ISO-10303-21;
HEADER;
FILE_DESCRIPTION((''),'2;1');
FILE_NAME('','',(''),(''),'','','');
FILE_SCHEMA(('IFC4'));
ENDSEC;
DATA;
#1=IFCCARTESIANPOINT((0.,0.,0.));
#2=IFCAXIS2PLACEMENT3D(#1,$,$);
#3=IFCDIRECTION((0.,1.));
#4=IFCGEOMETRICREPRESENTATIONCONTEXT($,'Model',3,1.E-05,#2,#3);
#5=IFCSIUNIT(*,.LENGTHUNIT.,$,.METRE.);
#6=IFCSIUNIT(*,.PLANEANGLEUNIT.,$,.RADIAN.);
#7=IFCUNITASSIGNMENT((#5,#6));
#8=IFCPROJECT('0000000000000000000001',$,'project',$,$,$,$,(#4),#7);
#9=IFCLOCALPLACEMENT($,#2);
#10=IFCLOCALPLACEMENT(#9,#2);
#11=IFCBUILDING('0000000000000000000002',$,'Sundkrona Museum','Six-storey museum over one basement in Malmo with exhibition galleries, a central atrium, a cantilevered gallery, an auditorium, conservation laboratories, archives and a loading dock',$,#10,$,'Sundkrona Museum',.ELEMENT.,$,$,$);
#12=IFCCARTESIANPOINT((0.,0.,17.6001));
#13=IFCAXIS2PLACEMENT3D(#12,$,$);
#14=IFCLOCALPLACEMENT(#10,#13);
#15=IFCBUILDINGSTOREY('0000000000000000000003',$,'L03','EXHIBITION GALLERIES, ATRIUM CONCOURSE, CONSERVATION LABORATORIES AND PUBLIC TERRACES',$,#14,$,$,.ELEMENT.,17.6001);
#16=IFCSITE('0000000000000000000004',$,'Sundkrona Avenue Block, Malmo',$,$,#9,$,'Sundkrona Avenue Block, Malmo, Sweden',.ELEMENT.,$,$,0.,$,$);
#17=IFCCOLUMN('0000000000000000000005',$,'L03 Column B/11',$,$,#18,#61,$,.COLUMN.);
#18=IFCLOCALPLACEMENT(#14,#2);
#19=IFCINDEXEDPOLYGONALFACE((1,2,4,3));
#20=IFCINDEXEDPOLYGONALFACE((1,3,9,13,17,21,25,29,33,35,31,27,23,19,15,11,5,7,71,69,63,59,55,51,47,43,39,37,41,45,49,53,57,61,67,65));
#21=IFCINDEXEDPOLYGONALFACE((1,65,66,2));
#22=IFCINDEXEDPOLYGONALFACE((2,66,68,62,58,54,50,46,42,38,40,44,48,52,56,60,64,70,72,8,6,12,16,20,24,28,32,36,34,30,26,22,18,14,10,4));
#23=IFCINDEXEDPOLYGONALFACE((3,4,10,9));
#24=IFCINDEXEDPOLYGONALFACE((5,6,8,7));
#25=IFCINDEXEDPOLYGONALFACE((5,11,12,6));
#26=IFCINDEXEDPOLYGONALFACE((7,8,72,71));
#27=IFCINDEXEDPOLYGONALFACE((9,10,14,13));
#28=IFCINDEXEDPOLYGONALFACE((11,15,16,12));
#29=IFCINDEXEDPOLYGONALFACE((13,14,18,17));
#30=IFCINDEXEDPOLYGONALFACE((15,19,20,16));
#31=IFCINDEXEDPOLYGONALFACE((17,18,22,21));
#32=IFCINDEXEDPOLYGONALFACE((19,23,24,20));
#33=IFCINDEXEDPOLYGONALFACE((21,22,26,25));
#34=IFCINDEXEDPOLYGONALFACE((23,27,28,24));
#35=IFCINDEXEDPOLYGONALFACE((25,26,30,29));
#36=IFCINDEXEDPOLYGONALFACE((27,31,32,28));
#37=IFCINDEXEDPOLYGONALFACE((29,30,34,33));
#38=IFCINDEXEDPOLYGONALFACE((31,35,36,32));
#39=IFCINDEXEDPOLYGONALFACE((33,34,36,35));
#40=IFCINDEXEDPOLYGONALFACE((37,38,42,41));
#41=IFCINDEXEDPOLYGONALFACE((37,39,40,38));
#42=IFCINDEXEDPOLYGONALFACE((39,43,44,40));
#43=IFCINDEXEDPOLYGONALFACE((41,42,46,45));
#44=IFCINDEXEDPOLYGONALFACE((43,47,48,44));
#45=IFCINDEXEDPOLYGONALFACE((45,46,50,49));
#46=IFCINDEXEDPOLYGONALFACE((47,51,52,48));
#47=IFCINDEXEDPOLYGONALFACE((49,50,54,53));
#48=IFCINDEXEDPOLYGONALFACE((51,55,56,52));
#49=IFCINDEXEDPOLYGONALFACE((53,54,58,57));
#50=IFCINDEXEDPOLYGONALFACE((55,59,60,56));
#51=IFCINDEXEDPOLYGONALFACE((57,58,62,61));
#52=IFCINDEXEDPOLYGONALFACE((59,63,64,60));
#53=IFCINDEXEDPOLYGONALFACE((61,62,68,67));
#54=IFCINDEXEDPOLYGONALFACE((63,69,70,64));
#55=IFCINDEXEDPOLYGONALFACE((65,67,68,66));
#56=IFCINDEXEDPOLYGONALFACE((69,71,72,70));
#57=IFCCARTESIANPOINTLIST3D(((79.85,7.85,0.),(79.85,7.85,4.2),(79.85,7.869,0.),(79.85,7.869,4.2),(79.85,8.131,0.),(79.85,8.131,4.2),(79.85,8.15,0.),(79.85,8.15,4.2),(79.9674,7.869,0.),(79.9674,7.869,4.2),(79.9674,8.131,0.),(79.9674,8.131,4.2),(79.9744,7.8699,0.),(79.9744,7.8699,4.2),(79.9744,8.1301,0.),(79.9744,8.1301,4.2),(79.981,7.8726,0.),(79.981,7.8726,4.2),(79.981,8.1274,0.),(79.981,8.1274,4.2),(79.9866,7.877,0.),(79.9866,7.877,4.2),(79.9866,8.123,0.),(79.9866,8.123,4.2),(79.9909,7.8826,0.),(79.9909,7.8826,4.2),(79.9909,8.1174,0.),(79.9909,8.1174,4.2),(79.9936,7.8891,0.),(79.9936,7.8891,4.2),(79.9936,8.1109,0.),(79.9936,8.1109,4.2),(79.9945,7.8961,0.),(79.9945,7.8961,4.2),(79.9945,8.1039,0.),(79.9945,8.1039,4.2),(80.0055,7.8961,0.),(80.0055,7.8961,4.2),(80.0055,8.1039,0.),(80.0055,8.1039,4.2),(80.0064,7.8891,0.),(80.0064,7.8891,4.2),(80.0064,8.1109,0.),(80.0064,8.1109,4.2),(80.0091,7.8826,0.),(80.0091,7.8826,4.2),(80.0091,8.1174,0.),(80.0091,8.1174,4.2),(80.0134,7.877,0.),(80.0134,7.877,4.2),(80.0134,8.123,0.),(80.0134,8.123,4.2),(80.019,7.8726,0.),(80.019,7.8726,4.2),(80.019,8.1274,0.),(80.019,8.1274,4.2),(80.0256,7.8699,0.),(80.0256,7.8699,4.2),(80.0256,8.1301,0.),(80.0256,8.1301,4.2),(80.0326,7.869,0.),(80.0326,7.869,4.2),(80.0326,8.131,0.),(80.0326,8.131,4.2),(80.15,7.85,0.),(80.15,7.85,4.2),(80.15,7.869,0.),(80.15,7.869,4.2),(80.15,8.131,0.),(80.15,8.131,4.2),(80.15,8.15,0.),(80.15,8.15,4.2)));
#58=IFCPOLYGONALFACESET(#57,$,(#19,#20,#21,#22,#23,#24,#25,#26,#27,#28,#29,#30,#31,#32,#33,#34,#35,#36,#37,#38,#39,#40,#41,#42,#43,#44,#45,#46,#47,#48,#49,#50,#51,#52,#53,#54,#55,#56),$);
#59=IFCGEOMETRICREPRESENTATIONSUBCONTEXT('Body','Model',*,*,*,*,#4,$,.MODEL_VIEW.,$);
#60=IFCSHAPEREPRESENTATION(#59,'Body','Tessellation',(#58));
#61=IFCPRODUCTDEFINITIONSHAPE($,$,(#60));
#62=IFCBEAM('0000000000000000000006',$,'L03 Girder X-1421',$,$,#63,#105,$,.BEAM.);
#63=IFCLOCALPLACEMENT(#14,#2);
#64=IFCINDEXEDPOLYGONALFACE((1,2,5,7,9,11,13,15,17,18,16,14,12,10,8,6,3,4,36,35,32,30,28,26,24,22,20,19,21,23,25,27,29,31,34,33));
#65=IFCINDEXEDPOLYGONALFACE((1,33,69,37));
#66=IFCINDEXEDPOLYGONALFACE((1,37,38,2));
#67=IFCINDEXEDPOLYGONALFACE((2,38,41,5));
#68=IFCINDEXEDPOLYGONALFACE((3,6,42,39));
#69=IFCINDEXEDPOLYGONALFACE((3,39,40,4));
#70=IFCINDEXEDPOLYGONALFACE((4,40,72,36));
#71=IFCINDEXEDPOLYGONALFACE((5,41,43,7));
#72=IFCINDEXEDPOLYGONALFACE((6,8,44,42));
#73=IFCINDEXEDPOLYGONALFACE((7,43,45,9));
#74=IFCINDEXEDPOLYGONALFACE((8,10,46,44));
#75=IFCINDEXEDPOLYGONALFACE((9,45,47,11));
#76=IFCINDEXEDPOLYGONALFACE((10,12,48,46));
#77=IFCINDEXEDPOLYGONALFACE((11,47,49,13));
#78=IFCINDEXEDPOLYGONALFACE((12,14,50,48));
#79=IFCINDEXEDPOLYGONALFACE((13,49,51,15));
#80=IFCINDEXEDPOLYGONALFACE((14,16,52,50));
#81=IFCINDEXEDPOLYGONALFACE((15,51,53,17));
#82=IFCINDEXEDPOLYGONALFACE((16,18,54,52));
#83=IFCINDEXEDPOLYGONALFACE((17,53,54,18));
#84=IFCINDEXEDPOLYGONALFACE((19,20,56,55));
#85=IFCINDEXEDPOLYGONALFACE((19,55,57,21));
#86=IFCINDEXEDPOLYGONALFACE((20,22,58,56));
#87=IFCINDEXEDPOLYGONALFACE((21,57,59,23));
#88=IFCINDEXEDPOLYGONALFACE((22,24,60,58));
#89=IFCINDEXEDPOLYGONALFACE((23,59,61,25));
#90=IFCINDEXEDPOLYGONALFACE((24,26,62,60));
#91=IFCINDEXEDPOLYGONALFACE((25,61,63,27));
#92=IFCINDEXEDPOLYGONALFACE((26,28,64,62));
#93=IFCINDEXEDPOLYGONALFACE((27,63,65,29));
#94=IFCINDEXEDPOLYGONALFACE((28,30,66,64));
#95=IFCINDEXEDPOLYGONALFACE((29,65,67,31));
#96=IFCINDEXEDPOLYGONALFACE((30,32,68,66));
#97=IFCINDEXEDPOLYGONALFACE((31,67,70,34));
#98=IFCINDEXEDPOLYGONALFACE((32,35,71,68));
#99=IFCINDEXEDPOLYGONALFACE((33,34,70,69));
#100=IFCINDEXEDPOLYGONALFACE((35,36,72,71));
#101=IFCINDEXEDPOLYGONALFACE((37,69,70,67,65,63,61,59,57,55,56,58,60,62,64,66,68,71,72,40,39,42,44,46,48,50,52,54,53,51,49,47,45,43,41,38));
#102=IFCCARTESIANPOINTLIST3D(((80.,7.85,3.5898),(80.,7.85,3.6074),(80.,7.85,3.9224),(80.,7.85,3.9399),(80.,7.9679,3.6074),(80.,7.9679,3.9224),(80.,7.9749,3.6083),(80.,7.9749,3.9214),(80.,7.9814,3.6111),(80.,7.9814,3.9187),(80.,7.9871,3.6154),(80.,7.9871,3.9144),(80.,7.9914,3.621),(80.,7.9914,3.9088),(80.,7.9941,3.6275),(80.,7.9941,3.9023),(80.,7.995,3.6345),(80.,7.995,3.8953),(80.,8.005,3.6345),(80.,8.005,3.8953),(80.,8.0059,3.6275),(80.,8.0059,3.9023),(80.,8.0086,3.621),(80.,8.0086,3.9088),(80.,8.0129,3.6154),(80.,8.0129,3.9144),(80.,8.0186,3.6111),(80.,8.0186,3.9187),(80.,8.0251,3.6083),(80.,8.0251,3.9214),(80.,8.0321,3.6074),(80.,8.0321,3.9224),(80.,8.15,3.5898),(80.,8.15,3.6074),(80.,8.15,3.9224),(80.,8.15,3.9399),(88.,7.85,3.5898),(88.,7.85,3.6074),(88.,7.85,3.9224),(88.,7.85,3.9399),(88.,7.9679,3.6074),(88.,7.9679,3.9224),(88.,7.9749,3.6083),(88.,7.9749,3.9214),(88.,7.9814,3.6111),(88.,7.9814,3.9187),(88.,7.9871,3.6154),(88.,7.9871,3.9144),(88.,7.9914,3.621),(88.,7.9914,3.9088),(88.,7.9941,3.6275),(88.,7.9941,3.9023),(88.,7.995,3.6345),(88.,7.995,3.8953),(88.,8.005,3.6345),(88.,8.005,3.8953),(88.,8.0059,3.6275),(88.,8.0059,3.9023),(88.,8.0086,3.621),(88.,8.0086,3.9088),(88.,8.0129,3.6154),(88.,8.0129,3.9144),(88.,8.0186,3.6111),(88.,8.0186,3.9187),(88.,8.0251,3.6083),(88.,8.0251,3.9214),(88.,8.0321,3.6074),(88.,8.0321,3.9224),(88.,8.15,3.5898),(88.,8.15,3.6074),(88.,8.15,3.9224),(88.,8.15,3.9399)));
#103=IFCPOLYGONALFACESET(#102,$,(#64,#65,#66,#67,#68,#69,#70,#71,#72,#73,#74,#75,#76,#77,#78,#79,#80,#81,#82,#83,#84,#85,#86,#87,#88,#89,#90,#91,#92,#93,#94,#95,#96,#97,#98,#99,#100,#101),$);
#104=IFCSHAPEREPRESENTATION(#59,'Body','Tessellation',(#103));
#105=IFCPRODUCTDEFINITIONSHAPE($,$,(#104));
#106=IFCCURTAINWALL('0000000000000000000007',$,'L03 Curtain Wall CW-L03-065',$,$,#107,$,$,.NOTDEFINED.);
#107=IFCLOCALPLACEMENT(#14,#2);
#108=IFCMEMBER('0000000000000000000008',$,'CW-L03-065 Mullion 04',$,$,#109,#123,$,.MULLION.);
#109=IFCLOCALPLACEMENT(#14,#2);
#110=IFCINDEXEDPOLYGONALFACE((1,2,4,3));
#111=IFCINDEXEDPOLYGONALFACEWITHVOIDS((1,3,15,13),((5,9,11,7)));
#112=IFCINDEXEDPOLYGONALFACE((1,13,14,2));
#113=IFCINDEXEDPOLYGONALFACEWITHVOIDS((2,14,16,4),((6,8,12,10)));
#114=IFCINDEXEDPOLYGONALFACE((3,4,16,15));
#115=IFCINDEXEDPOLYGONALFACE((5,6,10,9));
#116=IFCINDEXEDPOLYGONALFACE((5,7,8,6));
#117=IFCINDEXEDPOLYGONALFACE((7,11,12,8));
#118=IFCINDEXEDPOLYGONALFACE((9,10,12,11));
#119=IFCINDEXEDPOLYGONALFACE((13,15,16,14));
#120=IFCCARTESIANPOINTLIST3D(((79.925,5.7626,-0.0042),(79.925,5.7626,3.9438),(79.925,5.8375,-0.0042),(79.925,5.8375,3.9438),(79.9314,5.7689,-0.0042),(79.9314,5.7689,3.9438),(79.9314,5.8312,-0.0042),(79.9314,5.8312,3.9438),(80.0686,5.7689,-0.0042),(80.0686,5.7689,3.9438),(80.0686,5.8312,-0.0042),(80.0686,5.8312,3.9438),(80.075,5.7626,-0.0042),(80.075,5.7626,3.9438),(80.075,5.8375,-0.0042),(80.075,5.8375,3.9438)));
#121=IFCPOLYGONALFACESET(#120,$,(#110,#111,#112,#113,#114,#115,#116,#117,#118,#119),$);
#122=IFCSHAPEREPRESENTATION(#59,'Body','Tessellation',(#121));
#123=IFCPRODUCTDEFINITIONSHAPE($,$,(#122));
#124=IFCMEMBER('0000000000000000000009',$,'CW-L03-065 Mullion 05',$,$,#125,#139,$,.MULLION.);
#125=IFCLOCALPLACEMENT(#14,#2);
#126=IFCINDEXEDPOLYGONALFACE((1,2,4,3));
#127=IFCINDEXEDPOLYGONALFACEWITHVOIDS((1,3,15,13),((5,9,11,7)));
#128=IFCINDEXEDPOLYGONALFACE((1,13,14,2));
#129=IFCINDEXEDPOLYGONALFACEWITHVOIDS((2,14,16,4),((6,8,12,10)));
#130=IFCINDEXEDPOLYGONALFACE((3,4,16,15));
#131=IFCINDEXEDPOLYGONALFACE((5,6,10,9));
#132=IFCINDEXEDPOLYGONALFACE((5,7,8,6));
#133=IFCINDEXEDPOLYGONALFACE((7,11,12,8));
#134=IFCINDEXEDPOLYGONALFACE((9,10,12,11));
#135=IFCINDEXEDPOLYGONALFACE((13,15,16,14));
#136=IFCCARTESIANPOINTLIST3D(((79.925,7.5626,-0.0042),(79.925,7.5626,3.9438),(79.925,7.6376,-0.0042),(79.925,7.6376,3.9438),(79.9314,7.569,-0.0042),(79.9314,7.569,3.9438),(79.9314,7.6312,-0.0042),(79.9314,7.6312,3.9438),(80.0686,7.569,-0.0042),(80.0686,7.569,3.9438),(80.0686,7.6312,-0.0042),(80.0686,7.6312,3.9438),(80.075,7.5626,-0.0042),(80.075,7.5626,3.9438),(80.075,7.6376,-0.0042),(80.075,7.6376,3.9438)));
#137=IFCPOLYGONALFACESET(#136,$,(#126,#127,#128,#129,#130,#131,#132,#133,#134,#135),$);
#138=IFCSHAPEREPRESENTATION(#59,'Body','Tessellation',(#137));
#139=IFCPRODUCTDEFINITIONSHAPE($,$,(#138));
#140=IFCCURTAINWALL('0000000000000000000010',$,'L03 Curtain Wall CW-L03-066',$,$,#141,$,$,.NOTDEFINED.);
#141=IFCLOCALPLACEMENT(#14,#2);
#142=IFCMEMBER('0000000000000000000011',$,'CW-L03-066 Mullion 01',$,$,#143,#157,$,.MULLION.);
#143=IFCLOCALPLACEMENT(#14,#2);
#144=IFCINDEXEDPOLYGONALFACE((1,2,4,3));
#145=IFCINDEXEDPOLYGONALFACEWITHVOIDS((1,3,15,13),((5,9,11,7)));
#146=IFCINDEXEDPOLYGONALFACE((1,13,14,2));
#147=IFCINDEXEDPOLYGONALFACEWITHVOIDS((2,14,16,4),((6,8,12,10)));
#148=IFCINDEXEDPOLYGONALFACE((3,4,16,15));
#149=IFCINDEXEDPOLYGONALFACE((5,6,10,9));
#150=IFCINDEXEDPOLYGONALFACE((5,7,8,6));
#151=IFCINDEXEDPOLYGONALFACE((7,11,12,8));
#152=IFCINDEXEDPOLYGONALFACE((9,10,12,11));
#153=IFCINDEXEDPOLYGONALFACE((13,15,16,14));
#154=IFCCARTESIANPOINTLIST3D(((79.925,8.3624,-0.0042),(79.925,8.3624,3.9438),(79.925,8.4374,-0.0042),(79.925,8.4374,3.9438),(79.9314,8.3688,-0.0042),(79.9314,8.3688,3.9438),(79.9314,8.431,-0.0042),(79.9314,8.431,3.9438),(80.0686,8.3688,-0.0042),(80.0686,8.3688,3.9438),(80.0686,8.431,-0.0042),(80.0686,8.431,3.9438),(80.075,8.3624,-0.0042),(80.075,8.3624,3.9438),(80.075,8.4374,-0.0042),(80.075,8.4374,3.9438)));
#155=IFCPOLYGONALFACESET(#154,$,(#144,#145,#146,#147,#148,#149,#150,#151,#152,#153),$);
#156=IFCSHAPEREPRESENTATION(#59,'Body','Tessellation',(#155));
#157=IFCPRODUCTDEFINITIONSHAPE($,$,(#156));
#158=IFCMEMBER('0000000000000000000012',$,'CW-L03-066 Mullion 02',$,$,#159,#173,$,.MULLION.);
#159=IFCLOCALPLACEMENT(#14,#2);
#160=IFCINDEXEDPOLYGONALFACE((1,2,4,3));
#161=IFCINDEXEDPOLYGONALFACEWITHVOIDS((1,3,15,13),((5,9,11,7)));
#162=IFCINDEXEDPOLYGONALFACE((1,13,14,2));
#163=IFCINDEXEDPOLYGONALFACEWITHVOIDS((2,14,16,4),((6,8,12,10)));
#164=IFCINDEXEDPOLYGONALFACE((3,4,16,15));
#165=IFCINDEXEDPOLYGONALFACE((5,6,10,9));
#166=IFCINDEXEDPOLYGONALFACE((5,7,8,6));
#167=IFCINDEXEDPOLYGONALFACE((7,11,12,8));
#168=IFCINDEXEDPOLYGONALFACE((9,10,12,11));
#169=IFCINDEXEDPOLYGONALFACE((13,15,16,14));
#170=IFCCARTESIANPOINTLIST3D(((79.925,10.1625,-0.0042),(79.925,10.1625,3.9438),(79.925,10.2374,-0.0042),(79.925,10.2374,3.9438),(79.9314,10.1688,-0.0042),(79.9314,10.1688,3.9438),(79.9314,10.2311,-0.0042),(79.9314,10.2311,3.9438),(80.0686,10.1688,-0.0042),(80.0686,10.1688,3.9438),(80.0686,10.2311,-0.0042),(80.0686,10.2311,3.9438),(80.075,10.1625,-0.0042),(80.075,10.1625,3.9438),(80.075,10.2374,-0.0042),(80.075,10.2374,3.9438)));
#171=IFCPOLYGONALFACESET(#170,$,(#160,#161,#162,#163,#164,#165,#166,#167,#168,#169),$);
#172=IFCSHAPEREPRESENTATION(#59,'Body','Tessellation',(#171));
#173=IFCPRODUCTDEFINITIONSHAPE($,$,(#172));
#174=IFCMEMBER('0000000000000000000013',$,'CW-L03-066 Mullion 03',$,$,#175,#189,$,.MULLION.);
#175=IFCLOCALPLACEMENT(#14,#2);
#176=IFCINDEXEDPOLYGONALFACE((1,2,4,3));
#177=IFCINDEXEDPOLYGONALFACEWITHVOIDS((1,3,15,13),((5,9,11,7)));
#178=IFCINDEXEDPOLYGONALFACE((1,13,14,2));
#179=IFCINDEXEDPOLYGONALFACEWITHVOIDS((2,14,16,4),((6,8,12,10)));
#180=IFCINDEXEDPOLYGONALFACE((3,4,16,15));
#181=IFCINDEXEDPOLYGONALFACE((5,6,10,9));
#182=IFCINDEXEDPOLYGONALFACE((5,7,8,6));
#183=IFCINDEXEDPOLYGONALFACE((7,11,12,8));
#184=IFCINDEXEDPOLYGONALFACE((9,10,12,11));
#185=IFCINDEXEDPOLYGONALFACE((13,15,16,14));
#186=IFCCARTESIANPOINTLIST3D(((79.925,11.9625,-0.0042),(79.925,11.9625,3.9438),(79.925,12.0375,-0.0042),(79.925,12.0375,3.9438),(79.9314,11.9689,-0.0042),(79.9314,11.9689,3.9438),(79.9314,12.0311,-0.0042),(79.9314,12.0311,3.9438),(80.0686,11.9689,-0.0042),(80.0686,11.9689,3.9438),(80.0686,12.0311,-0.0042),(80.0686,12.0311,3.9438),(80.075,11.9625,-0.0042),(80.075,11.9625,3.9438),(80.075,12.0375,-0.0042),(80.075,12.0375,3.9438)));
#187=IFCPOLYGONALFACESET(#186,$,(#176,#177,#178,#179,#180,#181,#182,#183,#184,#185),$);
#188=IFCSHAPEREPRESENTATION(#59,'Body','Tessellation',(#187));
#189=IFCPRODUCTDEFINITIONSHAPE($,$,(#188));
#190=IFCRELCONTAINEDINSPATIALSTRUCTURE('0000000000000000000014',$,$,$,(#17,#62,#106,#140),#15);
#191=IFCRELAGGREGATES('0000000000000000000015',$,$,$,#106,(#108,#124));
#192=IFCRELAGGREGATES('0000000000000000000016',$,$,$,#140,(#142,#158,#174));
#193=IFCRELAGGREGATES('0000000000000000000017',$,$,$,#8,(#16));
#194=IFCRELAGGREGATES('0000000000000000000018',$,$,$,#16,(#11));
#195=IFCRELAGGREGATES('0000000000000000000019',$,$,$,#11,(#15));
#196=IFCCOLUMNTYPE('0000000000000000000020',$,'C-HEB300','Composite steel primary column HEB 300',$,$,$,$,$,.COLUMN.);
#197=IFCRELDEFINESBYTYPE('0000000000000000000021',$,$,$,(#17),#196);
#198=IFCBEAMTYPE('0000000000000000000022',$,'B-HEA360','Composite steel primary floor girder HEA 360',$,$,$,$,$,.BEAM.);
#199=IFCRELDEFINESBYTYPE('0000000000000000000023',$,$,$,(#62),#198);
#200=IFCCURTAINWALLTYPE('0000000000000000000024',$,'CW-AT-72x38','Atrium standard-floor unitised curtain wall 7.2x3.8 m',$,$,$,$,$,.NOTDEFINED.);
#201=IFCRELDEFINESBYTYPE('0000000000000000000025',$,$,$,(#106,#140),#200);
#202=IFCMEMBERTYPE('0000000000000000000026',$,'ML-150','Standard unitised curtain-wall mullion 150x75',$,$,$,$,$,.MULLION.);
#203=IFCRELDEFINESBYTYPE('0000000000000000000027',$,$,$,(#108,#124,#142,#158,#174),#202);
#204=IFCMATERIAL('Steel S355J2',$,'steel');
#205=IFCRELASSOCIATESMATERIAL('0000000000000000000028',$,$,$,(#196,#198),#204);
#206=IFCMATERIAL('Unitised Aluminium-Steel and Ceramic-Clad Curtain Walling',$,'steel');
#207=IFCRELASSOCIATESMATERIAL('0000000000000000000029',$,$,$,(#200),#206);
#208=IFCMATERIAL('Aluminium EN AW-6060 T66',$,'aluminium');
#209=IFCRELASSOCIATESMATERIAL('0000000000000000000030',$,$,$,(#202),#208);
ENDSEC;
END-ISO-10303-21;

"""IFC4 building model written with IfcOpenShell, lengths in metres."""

from ifc_helpers import new_model, si_unit, direction, frame, origin, origin_2d, place, context, subcontext, project, spatial, hollow_rectangle, i_section, extrude, material, material_profile, profile_set, type_object, element, aggregate, save


model = new_model("IFC4")

# Units and contexts
model_context = context("Model", 3, precision=1e-05, world=origin(), true_north=direction((0.0, 1.0)))
body_context = subcontext(model_context, "Body", "Model", "MODEL_VIEW")
ifc_project = project(units=[si_unit("LENGTHUNIT", "METRE"), si_unit("PLANEANGLEUNIT", "RADIAN")], contexts=[model_context])

# Site, building, storey
site_placement = place(None, origin())
site = spatial("IfcSite", under=ifc_project, at=site_placement, Name="Sundkrona Avenue Block, Malmo", LongName="Sundkrona Avenue Block, Malmo, Sweden", CompositionType="ELEMENT", RefElevation=0.0)
building_placement = place(site_placement, origin())
building = spatial("IfcBuilding", under=site, at=building_placement, Name="Sundkrona Museum", Description="Six-storey museum over one basement in Malmo with exhibition galleries, a central atrium, a cantilevered gallery, an auditorium, conservation laboratories, archives and a loading dock", LongName="Sundkrona Museum", CompositionType="ELEMENT")
storey_placement = place(building_placement, frame((0.0, 0.0, 17.6001)))
storey = spatial("IfcBuildingStorey", under=building, at=storey_placement, Name="L03", Description="EXHIBITION GALLERIES, ATRIUM CONCOURSE, CONSERVATION LABORATORIES AND PUBLIC TERRACES", CompositionType="ELEMENT", Elevation=17.6001)

# Column
ifc_material_1 = material(Name="Steel S355J2", Category="steel")
ifc_material_profile_1 = material_profile(ifc_material_1, i_section(OverallWidth=0.3, OverallDepth=0.3, WebThickness=0.011, FlangeThickness=0.019, FilletRadius=0.0271, at=origin_2d()), Name="HEB 300")
ifc_profile_set_1 = profile_set([ifc_material_profile_1], Name="Steel S355J2")
column_type = type_object("IfcColumnType", Name="C-HEB300", Description="Composite steel primary column HEB 300", PredefinedType="COLUMN", material=ifc_profile_set_1)
column_placement = place(storey_placement, frame((80.0, 8.0, 0.0), z_axis=(0.0, 0.0, 1.0), x_axis=(1.0, 0.0, 0.0)))
element("IfcColumn", 1, at=column_placement, inside=storey, type_object=column_type, Name="L03 Column B/11", PredefinedType="COLUMN", context=body_context, shape_type="SweptSolid", body=[
    extrude(i_section(OverallWidth=0.3, OverallDepth=0.3, WebThickness=0.011, FlangeThickness=0.019, FilletRadius=0.0271, at=origin_2d()), origin(), (0.0, 0.0, 1.0), 4.2),
])

# Beam
ifc_material_profile_2 = material_profile(ifc_material_1, i_section(OverallWidth=0.3, OverallDepth=0.3501, WebThickness=0.01, FlangeThickness=0.0176, FilletRadius=0.0271, at=origin_2d()), Name="HEA 360")
ifc_profile_set_2 = profile_set([ifc_material_profile_2], Name="Steel S355J2")
beam_type_1 = type_object("IfcBeamType", Name="B-HEA360", Description="Composite steel primary floor girder HEA 360", PredefinedType="BEAM", material=ifc_profile_set_2)
beam_1_placement = place(storey_placement, frame((80.0, 8.0, 3.7649), z_axis=(1.0, 0.0, 0.0), x_axis=(0.0, 1.0, 0.0)))
element("IfcBeam", 2, at=beam_1_placement, inside=storey, type_object=beam_type_1, Name="L03 Girder X-1421", PredefinedType="BEAM", context=body_context, shape_type="SweptSolid", body=[
    extrude(i_section(OverallWidth=0.3, OverallDepth=0.3501, WebThickness=0.01, FlangeThickness=0.0176, FilletRadius=0.0271, at=origin_2d()), origin(), (0.0, 0.0, 1.0), 8.0),
])

# Curtain walls, members
ifc_material_2 = material(Name="Unitised Aluminium-Steel and Ceramic-Clad Curtain Walling", Category="steel")
curtain_wall_type = type_object("IfcCurtainWallType", Name="CW-AT-72x38", Description="Atrium standard-floor unitised curtain wall 7.2x3.8 m", PredefinedType="NOTDEFINED", material=ifc_material_2)
curtain_wall_1_placement = place(storey_placement, origin())
curtain_wall_1 = element("IfcCurtainWall", 3, at=curtain_wall_1_placement, inside=storey, type_object=curtain_wall_type, Name="L03 Curtain Wall CW-L03-065", PredefinedType="NOTDEFINED")
ifc_material_3 = material(Name="Aluminium EN AW-6060 T66", Category="aluminium")
ifc_material_profile_3 = material_profile(ifc_material_3, hollow_rectangle(XDim=0.075, YDim=0.1499, WallThickness=0.0063, at=origin_2d()), Name="RHS 150x75x6.3")
ifc_profile_set_3 = profile_set([ifc_material_profile_3], Name="Aluminium EN AW-6060 T66")
member_type_1 = type_object("IfcMemberType", Name="ML-150", Description="Standard unitised curtain-wall mullion 150x75", PredefinedType="MULLION", material=ifc_profile_set_3)
member_1_placement = place(storey_placement, frame((80.0, 5.8, -0.0042), z_axis=(0.0, 0.0, 1.0), x_axis=(0.0, 1.0, 0.0)))
member_1 = element("IfcMember", 4, at=member_1_placement, type_object=member_type_1, Name="CW-L03-065 Mullion 04", PredefinedType="MULLION", context=body_context, shape_type="SweptSolid", body=[
    extrude(hollow_rectangle(XDim=0.075, YDim=0.1499, WallThickness=0.0063, at=origin_2d()), origin(), (0.0, 0.0, 1.0), 3.948),
])
member_2_placement = place(storey_placement, frame((80.0, 7.6001, -0.0042), z_axis=(0.0, 0.0, 1.0), x_axis=(0.0, 1.0, 0.0)))
member_2 = element("IfcMember", 5, at=member_2_placement, type_object=member_type_1, Name="CW-L03-065 Mullion 05", PredefinedType="MULLION", context=body_context, shape_type="SweptSolid", body=[
    extrude(hollow_rectangle(XDim=0.075, YDim=0.1499, WallThickness=0.0063, at=origin_2d()), origin(), (0.0, 0.0, 1.0), 3.948),
])
curtain_wall_2_placement = place(storey_placement, origin())
curtain_wall_2 = element("IfcCurtainWall", 6, at=curtain_wall_2_placement, inside=storey, type_object=curtain_wall_type, Name="L03 Curtain Wall CW-L03-066", PredefinedType="NOTDEFINED")
member_3_placement = place(storey_placement, frame((80.0, 8.3999, -0.0042), z_axis=(0.0, 0.0, 1.0), x_axis=(0.0, 1.0, 0.0)))
member_3 = element("IfcMember", 7, at=member_3_placement, type_object=member_type_1, Name="CW-L03-066 Mullion 01", PredefinedType="MULLION", context=body_context, shape_type="SweptSolid", body=[
    extrude(hollow_rectangle(XDim=0.075, YDim=0.1499, WallThickness=0.0063, at=origin_2d()), origin(), (0.0, 0.0, 1.0), 3.948),
])
member_4_placement = place(storey_placement, frame((80.0, 10.2, -0.0042), z_axis=(0.0, 0.0, 1.0), x_axis=(0.0, 1.0, 0.0)))
member_4 = element("IfcMember", 8, at=member_4_placement, type_object=member_type_1, Name="CW-L03-066 Mullion 02", PredefinedType="MULLION", context=body_context, shape_type="SweptSolid", body=[
    extrude(hollow_rectangle(XDim=0.075, YDim=0.1499, WallThickness=0.0063, at=origin_2d()), origin(), (0.0, 0.0, 1.0), 3.948),
])
member_5_placement = place(storey_placement, frame((80.0, 12.0, -0.0042), z_axis=(0.0, 0.0, 1.0), x_axis=(0.0, 1.0, 0.0)))
member_5 = element("IfcMember", 9, at=member_5_placement, type_object=member_type_1, Name="CW-L03-066 Mullion 03", PredefinedType="MULLION", context=body_context, shape_type="SweptSolid", body=[
    extrude(hollow_rectangle(XDim=0.075, YDim=0.1499, WallThickness=0.0063, at=origin_2d()), origin(), (0.0, 0.0, 1.0), 3.948),
])

aggregate(curtain_wall_1, [member_1, member_2])
aggregate(curtain_wall_2, [member_3, member_4, member_5])

save(model, "model.ifc")
